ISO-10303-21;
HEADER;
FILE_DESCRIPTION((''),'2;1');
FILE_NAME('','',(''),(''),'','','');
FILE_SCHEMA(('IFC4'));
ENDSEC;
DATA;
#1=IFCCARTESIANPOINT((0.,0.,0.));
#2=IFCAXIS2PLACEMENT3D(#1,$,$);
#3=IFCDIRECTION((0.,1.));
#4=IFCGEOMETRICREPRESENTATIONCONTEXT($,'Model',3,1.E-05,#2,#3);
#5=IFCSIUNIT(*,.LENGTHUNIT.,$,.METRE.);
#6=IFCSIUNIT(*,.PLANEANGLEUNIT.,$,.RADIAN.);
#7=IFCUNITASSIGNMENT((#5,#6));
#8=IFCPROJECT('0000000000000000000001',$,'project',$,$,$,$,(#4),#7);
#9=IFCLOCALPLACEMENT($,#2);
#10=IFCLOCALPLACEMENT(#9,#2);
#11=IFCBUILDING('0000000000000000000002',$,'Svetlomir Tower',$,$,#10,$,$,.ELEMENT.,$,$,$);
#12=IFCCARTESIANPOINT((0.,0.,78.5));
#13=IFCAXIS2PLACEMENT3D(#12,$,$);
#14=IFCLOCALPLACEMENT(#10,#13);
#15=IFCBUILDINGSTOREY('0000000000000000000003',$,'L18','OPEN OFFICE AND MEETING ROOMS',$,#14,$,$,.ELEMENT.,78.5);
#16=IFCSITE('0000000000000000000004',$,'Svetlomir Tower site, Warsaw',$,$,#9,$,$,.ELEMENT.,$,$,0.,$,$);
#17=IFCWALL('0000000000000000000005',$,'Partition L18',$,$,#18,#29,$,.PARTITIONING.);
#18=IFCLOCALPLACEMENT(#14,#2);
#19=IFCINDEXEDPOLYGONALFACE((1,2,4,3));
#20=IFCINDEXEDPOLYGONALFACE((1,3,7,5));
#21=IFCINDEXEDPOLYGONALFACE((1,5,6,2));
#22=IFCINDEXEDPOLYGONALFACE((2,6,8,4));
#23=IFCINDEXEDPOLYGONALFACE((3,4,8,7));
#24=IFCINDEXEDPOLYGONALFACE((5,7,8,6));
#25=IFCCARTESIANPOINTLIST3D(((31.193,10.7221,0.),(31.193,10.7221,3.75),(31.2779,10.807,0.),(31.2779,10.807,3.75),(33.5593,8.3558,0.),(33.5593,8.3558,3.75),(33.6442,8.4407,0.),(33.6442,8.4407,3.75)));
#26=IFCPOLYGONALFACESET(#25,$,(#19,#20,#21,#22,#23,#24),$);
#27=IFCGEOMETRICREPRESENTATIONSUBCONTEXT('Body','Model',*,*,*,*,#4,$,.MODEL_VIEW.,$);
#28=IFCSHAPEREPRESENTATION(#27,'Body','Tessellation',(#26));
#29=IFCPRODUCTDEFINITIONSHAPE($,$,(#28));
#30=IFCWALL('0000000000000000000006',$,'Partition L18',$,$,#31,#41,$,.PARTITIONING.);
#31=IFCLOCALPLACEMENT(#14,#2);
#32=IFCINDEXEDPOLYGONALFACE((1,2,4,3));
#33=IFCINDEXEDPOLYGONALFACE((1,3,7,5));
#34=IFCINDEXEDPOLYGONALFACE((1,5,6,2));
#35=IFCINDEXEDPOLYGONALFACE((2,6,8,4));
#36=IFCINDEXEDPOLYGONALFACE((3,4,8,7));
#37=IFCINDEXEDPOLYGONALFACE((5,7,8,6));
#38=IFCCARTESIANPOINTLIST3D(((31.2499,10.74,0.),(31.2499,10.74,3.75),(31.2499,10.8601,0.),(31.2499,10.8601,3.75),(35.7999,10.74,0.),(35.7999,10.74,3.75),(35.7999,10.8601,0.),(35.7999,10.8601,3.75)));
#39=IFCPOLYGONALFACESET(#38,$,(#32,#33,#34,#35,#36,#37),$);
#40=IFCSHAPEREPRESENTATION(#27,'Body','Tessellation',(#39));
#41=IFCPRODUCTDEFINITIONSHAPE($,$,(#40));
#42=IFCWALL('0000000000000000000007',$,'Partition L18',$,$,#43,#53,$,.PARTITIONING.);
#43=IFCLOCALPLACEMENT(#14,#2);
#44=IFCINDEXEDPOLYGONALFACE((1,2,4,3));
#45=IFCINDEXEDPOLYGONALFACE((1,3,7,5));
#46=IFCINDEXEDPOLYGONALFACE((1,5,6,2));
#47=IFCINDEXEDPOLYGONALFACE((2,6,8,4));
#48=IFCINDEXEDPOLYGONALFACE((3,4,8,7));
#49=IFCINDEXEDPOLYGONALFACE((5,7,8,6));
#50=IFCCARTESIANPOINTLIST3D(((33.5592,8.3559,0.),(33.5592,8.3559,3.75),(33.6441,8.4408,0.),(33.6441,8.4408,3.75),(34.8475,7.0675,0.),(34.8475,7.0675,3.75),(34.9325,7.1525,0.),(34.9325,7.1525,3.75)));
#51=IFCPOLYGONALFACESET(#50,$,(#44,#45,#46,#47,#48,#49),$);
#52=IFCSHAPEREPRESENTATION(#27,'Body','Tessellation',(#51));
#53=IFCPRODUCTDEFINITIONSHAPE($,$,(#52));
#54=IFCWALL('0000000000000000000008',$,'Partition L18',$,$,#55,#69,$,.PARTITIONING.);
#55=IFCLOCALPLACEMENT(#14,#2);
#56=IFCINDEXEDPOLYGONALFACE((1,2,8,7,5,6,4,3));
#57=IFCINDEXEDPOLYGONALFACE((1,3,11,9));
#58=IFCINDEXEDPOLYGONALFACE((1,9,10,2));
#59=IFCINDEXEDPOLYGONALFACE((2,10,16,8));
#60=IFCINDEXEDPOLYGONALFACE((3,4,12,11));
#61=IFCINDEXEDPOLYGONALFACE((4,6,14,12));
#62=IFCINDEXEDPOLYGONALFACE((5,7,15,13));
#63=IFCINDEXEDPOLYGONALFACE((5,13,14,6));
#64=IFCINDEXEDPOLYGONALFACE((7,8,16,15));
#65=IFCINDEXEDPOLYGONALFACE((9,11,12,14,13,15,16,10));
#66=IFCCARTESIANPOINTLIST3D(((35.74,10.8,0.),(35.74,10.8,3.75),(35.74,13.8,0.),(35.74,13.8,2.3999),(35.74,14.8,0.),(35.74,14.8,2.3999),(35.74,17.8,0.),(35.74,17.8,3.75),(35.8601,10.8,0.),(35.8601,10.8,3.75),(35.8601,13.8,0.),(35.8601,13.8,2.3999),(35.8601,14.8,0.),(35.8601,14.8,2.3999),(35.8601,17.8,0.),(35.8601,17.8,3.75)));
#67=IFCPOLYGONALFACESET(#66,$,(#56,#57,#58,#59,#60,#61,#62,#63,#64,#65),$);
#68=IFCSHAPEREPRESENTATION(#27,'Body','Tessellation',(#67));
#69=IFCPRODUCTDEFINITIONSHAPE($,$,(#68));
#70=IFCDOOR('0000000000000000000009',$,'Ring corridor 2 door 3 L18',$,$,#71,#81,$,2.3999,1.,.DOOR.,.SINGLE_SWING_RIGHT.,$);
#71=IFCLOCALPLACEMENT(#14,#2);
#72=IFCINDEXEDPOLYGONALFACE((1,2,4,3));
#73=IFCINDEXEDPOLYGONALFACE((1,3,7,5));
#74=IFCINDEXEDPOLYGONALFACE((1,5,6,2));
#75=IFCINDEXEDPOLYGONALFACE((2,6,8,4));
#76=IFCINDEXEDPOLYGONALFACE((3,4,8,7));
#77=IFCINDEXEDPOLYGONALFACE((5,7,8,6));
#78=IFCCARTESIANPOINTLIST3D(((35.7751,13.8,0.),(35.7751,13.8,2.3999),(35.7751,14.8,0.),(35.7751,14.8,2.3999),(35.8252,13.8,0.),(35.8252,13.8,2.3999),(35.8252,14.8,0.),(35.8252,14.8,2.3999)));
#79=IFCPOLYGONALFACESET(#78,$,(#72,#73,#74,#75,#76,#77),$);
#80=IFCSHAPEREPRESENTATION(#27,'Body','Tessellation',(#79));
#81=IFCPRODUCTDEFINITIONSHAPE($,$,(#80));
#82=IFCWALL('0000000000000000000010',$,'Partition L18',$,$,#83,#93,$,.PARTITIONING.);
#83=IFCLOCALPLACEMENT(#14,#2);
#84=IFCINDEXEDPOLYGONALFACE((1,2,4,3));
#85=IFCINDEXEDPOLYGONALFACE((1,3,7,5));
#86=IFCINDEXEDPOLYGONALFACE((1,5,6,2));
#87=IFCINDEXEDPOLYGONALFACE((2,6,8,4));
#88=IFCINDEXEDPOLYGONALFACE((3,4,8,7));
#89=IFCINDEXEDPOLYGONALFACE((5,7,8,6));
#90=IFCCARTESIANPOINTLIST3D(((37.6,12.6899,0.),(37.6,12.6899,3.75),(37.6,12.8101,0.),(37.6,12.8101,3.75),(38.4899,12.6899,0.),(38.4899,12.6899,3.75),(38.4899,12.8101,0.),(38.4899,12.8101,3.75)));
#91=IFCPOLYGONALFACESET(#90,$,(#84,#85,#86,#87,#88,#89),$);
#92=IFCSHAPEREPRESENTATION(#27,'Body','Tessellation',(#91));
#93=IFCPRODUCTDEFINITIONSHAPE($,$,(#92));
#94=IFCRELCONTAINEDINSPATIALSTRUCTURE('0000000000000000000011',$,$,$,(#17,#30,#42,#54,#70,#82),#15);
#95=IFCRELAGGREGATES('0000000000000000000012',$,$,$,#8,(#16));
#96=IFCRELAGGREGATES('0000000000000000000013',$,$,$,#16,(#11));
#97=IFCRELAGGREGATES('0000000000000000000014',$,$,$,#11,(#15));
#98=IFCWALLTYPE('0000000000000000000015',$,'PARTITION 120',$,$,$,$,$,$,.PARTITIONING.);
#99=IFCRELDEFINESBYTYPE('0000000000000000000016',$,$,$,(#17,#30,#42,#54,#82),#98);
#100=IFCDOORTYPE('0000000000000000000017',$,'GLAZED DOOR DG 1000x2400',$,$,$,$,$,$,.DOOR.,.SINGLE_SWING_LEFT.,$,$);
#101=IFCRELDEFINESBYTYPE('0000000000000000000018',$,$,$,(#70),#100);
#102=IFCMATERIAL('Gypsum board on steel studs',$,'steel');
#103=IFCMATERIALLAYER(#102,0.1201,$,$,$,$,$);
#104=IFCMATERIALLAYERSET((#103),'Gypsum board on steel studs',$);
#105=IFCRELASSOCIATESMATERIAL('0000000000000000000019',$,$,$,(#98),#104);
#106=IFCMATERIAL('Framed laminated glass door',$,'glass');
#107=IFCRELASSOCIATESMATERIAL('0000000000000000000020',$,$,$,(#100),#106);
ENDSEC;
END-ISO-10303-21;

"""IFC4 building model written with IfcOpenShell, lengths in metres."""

from ifc_helpers import new_model, si_unit, direction, frame, frame_2d, origin, place, context, subcontext, project, spatial, rectangle, extrude, material, layer, layer_set, type_object, element, fill, save


model = new_model("IFC4")

# Units and contexts
model_context = context("Model", 3, precision=1e-05, world=origin(), true_north=direction((0.0, 1.0)))
body_context = subcontext(model_context, "Body", "Model", "MODEL_VIEW")
ifc_project = project(units=[si_unit("LENGTHUNIT", "METRE"), si_unit("PLANEANGLEUNIT", "RADIAN")], contexts=[model_context])

# Site, building, storey
site_placement = place(None, origin())
site = spatial("IfcSite", under=ifc_project, at=site_placement, Name="Svetlomir Tower site, Warsaw", CompositionType="ELEMENT", RefElevation=0.0)
building_placement = place(site_placement, origin())
building = spatial("IfcBuilding", under=site, at=building_placement, Name="Svetlomir Tower", CompositionType="ELEMENT")
storey_placement = place(building_placement, frame((0.0, 0.0, 78.5)))
storey = spatial("IfcBuildingStorey", under=building, at=storey_placement, Name="L18", Description="OPEN OFFICE AND MEETING ROOMS", CompositionType="ELEMENT", Elevation=78.5)

# Walls
ifc_material_1 = material(Name="Gypsum board on steel studs", Category="steel")
ifc_layer_1 = layer(ifc_material_1, 0.1201)
ifc_layer_set_1 = layer_set([ifc_layer_1], Name="Gypsum board on steel studs")
wall_type_1 = type_object("IfcWallType", Name="PARTITION 120", PredefinedType="PARTITIONING", material=ifc_layer_set_1)
wall_1_placement = place(storey_placement, frame((31.2354, 10.7646, 0.0), z_axis=(0.0, 0.0, 1.0), x_axis=(0.707107, -0.707107, 0.0)))
element("IfcWall", 1, at=wall_1_placement, inside=storey, type_object=wall_type_1, Name="Partition L18", PredefinedType="PARTITIONING", context=body_context, shape_type="SweptSolid", body=[
    extrude(rectangle(XDim=3.3464, YDim=0.1201, at=frame_2d((1.6733, 0.0))), origin(), (0.0, 0.0, 1.0), 3.75),
])
wall_2_placement = place(storey_placement, frame((31.25, 10.8, 0.0), z_axis=(0.0, 0.0, 1.0), x_axis=(1.0, 0.0, 0.0)))
element("IfcWall", 2, at=wall_2_placement, inside=storey, type_object=wall_type_1, Name="Partition L18", PredefinedType="PARTITIONING", context=body_context, shape_type="SweptSolid", body=[
    extrude(rectangle(XDim=4.55, YDim=0.1201, at=frame_2d((2.2749, 0.0))), origin(), (0.0, 0.0, 1.0), 3.75),
])
wall_3_placement = place(storey_placement, frame((33.6016, 8.3984, 0.0), z_axis=(0.0, 0.0, 1.0), x_axis=(0.707107, -0.707107, 0.0)))
element("IfcWall", 3, at=wall_3_placement, inside=storey, type_object=wall_type_1, Name="Partition L18", PredefinedType="PARTITIONING", context=body_context, shape_type="SweptSolid", body=[
    extrude(rectangle(XDim=1.822, YDim=0.1201, at=frame_2d((0.9111, 0.0))), origin(), (0.0, 0.0, 1.0), 3.75),
])

# Wall, opening, door
wall_4_placement = place(storey_placement, frame((35.8, 10.8, 0.0), z_axis=(0.0, 0.0, 1.0), x_axis=(0.0, 1.0, 0.0)))
wall_4 = element("IfcWall", 4, at=wall_4_placement, inside=storey, type_object=wall_type_1, Name="Partition L18", PredefinedType="PARTITIONING", context=body_context, shape_type="SweptSolid", body=[
    extrude(rectangle(XDim=7.0, YDim=0.1201, at=frame_2d((3.5, 0.0))), origin(), (0.0, 0.0, 1.0), 3.75),
])
opening_1_placement = place(wall_4_placement, frame((3.0, 0.0, 0.0)))
opening_1 = element("IfcOpeningElement", 5, at=opening_1_placement, cuts=wall_4, PredefinedType="OPENING", context=body_context, shape_type="SweptSolid", body=[
    extrude(rectangle(XDim=1.0, YDim=2.3999, at=frame_2d((0.5, 1.2))), frame((0.0, 0.0701, 0.0), z_axis=(0.0, -1.0, 0.0), x_axis=(1.0, 0.0, 0.0)), (0.0, 0.0, 1.0), 0.1401),
])
ifc_material_2 = material(Name="Framed laminated glass door", Category="glass")
door_type_1 = type_object("IfcDoorType", Name="GLAZED DOOR DG 1000x2400", OperationType="SINGLE_SWING_LEFT", PredefinedType="DOOR", material=ifc_material_2)
door_1_placement = place(opening_1_placement, origin())
door_1 = element("IfcDoor", 6, at=door_1_placement, inside=storey, type_object=door_type_1, Name="Ring corridor 2 door 3 L18", OperationType="SINGLE_SWING_RIGHT", OverallHeight=2.3999, OverallWidth=1.0, PredefinedType="DOOR", context=body_context, shape_type="SweptSolid", body=[
    extrude(rectangle(XDim=1.0, YDim=2.3999, at=frame_2d((0.5, 1.2))), frame((0.0, 0.0249, 0.0), z_axis=(0.0, -1.0, 0.0), x_axis=(1.0, 0.0, 0.0)), (0.0, 0.0, 1.0), 0.05),
])
fill(opening_1, door_1)

# Wall
wall_5_placement = place(storey_placement, frame((37.6001, 12.75, 0.0), z_axis=(0.0, 0.0, 1.0), x_axis=(1.0, 0.0, 0.0)))
element("IfcWall", 7, at=wall_5_placement, inside=storey, type_object=wall_type_1, Name="Partition L18", PredefinedType="PARTITIONING", context=body_context, shape_type="SweptSolid", body=[
    extrude(rectangle(XDim=0.8899, YDim=0.1201, at=frame_2d((0.4448, 0.0))), origin(), (0.0, 0.0, 1.0), 3.75),
])

save(model, "model.ifc")
